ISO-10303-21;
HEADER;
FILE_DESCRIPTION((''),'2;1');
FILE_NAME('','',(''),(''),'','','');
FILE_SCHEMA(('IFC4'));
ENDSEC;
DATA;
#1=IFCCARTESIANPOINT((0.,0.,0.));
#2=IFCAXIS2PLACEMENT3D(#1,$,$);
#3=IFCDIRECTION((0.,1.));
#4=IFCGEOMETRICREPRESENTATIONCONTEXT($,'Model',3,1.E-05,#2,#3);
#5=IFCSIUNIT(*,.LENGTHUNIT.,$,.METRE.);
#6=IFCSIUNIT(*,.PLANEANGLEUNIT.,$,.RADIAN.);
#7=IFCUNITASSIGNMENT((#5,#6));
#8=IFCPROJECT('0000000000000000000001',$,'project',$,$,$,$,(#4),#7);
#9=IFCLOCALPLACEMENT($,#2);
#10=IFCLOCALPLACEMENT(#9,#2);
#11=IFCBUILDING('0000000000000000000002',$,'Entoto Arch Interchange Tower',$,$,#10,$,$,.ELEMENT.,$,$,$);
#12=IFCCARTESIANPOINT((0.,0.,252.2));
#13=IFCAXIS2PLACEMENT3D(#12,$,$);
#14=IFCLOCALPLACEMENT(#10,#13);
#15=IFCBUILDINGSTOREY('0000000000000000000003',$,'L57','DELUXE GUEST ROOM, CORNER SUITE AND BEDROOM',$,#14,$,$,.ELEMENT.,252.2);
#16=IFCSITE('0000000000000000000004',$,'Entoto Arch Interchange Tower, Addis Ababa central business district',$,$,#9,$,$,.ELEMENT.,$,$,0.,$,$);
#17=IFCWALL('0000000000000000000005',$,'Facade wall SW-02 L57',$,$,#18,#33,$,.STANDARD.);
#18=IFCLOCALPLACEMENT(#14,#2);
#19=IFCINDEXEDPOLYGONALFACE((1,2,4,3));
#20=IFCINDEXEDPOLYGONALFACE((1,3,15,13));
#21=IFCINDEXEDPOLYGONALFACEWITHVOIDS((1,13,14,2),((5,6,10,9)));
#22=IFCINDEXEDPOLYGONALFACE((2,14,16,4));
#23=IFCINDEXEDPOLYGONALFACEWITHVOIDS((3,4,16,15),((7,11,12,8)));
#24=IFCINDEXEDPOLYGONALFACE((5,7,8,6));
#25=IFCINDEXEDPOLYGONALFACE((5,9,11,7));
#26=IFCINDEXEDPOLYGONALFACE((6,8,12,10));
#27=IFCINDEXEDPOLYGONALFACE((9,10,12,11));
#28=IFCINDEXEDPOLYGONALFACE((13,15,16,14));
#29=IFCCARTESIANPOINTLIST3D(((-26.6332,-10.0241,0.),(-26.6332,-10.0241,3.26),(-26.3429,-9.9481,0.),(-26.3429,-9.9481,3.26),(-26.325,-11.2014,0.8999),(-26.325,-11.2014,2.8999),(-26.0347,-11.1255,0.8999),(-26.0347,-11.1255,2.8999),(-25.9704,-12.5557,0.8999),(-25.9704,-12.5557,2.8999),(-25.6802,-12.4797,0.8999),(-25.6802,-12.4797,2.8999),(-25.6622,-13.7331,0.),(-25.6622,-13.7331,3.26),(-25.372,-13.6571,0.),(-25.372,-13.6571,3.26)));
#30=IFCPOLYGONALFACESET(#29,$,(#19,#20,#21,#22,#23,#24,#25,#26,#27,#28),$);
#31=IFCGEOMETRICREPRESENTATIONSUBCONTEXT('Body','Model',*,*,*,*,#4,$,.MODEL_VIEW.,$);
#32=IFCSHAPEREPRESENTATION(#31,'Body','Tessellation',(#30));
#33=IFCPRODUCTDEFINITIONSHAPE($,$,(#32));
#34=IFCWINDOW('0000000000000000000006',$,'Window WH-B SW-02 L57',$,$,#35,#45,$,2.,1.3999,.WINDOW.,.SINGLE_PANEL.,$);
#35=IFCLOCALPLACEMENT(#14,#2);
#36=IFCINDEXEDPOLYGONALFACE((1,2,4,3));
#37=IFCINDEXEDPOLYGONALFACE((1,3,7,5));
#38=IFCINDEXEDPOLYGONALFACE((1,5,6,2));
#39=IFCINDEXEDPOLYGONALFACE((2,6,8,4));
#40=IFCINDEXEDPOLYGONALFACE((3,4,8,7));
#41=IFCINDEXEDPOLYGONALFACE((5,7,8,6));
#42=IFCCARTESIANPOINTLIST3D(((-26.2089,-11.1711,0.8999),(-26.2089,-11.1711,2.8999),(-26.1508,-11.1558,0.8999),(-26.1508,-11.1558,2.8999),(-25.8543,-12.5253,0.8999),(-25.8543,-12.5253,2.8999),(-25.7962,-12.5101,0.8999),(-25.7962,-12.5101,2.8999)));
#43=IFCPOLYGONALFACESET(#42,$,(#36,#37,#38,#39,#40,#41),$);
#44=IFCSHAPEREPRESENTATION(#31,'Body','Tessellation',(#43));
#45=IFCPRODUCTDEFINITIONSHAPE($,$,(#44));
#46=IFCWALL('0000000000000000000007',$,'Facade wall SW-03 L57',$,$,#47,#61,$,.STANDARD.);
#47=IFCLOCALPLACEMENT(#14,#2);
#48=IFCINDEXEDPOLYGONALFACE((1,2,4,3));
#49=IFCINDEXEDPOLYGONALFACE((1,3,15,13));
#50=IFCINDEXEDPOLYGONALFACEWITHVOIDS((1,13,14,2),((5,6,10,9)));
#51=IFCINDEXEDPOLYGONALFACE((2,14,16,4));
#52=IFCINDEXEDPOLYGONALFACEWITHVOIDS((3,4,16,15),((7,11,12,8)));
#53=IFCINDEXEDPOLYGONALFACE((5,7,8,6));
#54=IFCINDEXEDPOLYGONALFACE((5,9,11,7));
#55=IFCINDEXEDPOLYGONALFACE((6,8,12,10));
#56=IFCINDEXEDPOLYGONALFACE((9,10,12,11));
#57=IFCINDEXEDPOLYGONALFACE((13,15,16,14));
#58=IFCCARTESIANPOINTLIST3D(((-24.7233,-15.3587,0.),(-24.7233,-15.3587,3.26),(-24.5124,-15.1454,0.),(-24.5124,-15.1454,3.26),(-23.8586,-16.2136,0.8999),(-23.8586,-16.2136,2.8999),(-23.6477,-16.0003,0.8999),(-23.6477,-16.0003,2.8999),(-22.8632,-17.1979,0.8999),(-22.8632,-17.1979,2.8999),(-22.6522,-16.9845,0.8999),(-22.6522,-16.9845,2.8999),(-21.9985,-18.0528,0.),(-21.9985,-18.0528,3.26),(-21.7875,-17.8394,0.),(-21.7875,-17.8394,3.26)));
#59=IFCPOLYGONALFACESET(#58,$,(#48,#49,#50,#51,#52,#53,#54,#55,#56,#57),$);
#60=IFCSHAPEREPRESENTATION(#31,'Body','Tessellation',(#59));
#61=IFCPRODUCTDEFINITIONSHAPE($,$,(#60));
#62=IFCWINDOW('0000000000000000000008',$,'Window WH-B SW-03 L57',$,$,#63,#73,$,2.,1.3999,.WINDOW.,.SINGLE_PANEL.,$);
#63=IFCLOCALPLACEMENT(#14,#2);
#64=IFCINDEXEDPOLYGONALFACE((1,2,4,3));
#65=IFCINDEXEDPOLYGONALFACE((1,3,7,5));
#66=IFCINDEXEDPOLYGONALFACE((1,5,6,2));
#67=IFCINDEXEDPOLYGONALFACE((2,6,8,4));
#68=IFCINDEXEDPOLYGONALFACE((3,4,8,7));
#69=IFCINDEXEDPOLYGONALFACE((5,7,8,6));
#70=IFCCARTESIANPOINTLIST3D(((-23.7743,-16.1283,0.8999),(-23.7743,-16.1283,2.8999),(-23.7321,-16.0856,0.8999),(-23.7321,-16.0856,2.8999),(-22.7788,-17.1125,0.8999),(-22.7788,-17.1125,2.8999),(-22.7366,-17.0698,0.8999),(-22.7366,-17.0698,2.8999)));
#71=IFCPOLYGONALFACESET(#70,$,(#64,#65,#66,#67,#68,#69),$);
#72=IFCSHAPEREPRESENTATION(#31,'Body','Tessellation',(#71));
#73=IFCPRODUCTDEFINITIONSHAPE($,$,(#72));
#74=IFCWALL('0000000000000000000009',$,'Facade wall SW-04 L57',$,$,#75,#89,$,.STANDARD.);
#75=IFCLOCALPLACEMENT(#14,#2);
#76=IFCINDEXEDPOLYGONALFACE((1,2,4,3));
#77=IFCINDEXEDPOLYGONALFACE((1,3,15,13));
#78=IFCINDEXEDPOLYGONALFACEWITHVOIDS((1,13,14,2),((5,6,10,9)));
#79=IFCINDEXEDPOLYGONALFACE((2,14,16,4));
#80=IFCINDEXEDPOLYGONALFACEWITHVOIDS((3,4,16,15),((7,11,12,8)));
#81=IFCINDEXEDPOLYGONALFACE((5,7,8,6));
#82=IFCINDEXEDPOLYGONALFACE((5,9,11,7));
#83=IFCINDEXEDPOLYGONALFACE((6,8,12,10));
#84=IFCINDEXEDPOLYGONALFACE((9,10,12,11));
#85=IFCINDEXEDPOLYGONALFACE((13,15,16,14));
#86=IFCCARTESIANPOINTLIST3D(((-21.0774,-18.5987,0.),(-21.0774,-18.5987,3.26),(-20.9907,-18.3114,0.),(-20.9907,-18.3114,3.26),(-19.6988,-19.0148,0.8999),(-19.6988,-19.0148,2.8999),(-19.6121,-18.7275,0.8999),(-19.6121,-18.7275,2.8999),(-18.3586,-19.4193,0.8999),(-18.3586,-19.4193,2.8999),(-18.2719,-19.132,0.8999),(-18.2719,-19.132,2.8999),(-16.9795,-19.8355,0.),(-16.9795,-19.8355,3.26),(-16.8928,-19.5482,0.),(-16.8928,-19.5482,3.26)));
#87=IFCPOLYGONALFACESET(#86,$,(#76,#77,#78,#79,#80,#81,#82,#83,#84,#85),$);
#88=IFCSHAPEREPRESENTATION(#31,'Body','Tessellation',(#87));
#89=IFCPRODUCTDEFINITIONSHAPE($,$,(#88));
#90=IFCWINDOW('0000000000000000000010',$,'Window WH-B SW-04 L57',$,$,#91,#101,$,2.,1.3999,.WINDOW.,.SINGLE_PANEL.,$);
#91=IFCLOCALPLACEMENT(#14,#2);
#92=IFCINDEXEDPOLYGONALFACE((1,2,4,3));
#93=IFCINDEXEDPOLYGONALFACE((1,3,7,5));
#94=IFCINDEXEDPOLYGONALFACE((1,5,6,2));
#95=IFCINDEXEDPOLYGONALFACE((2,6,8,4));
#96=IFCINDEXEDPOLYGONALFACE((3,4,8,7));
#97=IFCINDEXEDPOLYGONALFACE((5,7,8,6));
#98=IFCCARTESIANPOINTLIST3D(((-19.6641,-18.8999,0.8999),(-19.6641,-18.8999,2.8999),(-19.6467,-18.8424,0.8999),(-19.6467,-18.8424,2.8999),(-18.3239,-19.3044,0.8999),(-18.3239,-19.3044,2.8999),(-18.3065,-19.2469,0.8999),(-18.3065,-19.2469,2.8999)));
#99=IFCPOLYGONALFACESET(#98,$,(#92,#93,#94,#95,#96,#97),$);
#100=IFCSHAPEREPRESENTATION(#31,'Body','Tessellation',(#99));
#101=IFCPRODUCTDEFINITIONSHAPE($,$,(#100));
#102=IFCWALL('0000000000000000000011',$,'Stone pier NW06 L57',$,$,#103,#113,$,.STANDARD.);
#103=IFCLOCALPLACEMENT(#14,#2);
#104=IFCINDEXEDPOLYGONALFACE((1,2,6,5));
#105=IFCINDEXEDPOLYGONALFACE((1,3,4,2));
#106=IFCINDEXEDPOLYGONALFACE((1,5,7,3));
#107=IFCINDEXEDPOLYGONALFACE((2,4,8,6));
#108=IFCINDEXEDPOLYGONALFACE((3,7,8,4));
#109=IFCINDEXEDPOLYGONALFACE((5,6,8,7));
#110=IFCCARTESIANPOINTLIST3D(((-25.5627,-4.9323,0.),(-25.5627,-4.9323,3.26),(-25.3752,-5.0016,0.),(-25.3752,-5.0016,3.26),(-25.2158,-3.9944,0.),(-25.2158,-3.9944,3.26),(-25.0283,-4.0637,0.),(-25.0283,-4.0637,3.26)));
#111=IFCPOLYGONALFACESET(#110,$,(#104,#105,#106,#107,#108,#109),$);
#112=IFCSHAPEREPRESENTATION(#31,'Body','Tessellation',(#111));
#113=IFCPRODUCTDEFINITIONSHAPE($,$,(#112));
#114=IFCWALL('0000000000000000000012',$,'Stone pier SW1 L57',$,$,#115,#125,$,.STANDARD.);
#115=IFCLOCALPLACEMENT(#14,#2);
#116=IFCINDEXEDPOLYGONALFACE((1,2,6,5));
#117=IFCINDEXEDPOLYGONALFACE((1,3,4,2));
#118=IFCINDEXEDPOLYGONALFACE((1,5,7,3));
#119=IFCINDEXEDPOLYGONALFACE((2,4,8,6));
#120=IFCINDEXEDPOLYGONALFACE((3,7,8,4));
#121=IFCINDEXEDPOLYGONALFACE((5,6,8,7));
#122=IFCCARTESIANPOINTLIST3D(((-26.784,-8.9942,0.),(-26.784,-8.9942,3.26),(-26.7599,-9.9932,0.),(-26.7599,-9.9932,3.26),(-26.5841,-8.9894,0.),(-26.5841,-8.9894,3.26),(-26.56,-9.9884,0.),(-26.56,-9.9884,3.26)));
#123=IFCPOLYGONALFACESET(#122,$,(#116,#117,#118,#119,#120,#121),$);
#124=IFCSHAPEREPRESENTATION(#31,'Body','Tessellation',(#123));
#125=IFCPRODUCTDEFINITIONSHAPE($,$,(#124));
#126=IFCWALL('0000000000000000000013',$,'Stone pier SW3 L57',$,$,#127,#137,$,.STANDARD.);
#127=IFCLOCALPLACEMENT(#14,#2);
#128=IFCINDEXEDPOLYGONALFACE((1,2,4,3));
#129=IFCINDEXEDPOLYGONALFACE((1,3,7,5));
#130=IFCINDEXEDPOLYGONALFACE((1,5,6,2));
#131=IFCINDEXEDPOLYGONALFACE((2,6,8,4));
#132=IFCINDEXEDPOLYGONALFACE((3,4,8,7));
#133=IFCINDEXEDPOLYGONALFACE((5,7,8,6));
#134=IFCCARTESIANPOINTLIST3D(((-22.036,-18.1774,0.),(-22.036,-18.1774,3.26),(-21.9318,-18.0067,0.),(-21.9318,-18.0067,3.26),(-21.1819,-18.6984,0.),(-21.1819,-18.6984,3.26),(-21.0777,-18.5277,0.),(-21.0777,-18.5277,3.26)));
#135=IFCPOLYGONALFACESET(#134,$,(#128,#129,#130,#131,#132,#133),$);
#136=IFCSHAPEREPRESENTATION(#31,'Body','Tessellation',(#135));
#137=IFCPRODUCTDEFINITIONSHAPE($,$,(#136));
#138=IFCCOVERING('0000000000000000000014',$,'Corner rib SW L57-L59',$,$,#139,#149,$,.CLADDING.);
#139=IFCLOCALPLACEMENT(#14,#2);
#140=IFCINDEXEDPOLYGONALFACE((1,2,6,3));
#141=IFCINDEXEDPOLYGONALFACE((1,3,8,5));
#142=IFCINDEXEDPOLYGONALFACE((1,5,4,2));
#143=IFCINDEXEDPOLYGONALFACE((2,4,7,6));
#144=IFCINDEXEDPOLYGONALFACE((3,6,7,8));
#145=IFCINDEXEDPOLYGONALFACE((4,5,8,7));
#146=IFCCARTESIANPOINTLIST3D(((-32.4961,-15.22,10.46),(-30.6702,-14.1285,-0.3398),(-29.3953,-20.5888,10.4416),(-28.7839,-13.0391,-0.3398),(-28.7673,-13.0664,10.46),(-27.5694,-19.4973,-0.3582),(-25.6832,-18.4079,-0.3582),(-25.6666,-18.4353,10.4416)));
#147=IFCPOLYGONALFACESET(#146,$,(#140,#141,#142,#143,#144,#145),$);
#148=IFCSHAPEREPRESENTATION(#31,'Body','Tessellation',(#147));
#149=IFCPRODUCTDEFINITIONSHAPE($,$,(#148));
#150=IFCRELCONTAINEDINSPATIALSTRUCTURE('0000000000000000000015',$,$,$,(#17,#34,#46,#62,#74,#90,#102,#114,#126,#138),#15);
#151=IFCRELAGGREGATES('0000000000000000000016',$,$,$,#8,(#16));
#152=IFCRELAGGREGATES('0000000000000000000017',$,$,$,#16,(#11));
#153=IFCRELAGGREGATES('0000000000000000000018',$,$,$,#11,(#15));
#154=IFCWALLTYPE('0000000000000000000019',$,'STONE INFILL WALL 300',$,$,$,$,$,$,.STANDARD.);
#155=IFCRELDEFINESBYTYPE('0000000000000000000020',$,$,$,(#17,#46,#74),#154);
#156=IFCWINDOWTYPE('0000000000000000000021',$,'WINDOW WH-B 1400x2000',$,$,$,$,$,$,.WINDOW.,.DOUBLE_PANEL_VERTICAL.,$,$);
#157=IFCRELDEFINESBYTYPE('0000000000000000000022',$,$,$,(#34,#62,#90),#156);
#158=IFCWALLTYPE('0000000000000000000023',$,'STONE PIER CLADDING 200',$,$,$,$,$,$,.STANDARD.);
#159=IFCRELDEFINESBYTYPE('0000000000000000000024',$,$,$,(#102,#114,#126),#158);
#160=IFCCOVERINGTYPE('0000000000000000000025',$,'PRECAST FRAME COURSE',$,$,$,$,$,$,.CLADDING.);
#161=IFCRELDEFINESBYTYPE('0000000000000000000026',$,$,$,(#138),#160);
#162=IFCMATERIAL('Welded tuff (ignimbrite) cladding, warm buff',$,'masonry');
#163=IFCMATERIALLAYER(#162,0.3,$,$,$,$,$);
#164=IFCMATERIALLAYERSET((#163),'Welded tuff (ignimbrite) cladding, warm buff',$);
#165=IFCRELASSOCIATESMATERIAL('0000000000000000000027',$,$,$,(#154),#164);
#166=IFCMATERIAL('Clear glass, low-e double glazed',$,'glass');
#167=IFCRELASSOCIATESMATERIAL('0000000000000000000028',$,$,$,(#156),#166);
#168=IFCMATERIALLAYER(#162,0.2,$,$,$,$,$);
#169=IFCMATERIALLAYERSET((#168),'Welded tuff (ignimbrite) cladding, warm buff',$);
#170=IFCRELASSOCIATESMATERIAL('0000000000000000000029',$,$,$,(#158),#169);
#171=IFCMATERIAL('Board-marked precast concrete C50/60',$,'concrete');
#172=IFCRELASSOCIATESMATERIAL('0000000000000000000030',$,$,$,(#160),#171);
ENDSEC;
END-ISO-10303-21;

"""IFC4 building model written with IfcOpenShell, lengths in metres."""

from ifc_helpers import new_model, si_unit, direction, frame, frame_2d, origin, place, context, subcontext, project, spatial, polyline, rectangle, outline, extrude, material, layer, layer_set, type_object, element, fill, save


model = new_model("IFC4")

# Units and contexts
model_context = context("Model", 3, precision=1e-05, world=origin(), true_north=direction((0.0, 1.0)))
body_context = subcontext(model_context, "Body", "Model", "MODEL_VIEW")
ifc_project = project(units=[si_unit("LENGTHUNIT", "METRE"), si_unit("PLANEANGLEUNIT", "RADIAN")], contexts=[model_context])

# Site, building, storey
site_placement = place(None, origin())
site = spatial("IfcSite", under=ifc_project, at=site_placement, Name="Entoto Arch Interchange Tower, Addis Ababa central business district", CompositionType="ELEMENT", RefElevation=0.0)
building_placement = place(site_placement, origin())
building = spatial("IfcBuilding", under=site, at=building_placement, Name="Entoto Arch Interchange Tower", CompositionType="ELEMENT")
storey_placement = place(building_placement, frame((0.0, 0.0, 252.2)))
storey = spatial("IfcBuildingStorey", under=building, at=storey_placement, Name="L57", Description="DELUXE GUEST ROOM, CORNER SUITE AND BEDROOM", CompositionType="ELEMENT", Elevation=252.2)

# Walls, openings, windows
ifc_material_1 = material(Name="Welded tuff (ignimbrite) cladding, warm buff", Category="masonry")
ifc_layer_1 = layer(ifc_material_1, 0.3)
ifc_layer_set_1 = layer_set([ifc_layer_1], Name="Welded tuff (ignimbrite) cladding, warm buff")
wall_type_1 = type_object("IfcWallType", Name="STONE INFILL WALL 300", PredefinedType="STANDARD", material=ifc_layer_set_1)
ifc_material_2 = material(Name="Clear glass, low-e double glazed", Category="glass")
window_type = type_object("IfcWindowType", Name="WINDOW WH-B 1400x2000", PartitioningType="DOUBLE_PANEL_VERTICAL", PredefinedType="WINDOW", material=ifc_material_2)
wall_1_placement = place(storey_placement, frame((-26.488, -9.9861, 0.0), z_axis=(0.0, 0.0, 1.0), x_axis=(0.253249, -0.967401, 0.0)))
wall_1 = element("IfcWall", 1, at=wall_1_placement, inside=storey, type_object=wall_type_1, Name="Facade wall SW-02 L57", PredefinedType="STANDARD", context=body_context, shape_type="SweptSolid", body=[
    extrude(rectangle(XDim=3.834, YDim=0.3, at=frame_2d((1.917, 0.0))), origin(), (0.0, 0.0, 1.0), 3.26),
])
opening_1_placement = place(wall_1_placement, frame((1.217, 0.0, 0.8999)))
opening_1 = element("IfcOpeningElement", 2, at=opening_1_placement, cuts=wall_1, PredefinedType="OPENING", context=body_context, shape_type="SweptSolid", body=[
    extrude(rectangle(XDim=1.3999, YDim=2.0, at=frame_2d((0.7, 1.0))), frame((0.0, 0.1602, 0.0), z_axis=(0.0, -1.0, 0.0), x_axis=(1.0, 0.0, 0.0)), (0.0, 0.0, 1.0), 0.3201),
])
window_1_placement = place(opening_1_placement, origin())
window_1 = element("IfcWindow", 3, at=window_1_placement, inside=storey, type_object=window_type, Name="Window WH-B SW-02 L57", OverallHeight=2.0, OverallWidth=1.3999, PartitioningType="SINGLE_PANEL", PredefinedType="WINDOW", context=body_context, shape_type="SweptSolid", body=[
    extrude(rectangle(XDim=1.3999, YDim=2.0, at=frame_2d((0.7, 1.0))), frame((0.0, 0.03, 0.0), z_axis=(0.0, -1.0, 0.0), x_axis=(1.0, 0.0, 0.0)), (0.0, 0.0, 1.0), 0.0601),
])
fill(opening_1, window_1)
wall_2_placement = place(storey_placement, frame((-24.6179, -15.252, 0.0), z_axis=(0.0, 0.0, 1.0), x_axis=(0.711109, -0.703081, 0.0)))
wall_2 = element("IfcWall", 4, at=wall_2_placement, inside=storey, type_object=wall_type_1, Name="Facade wall SW-03 L57", PredefinedType="STANDARD", context=body_context, shape_type="SweptSolid", body=[
    extrude(rectangle(XDim=3.8318, YDim=0.3, at=frame_2d((1.916, 0.0))), origin(), (0.0, 0.0, 1.0), 3.26),
])
opening_2_placement = place(wall_2_placement, frame((1.2161, 0.0, 0.8999)))
opening_2 = element("IfcOpeningElement", 5, at=opening_2_placement, cuts=wall_2, PredefinedType="OPENING", context=body_context, shape_type="SweptSolid", body=[
    extrude(rectangle(XDim=1.3999, YDim=2.0, at=frame_2d((0.7, 1.0))), frame((0.0, 0.1602, 0.0), z_axis=(0.0, -1.0, 0.0), x_axis=(1.0, 0.0, 0.0)), (0.0, 0.0, 1.0), 0.3201),
])
window_2_placement = place(opening_2_placement, origin())
window_2 = element("IfcWindow", 6, at=window_2_placement, inside=storey, type_object=window_type, Name="Window WH-B SW-03 L57", OverallHeight=2.0, OverallWidth=1.3999, PartitioningType="SINGLE_PANEL", PredefinedType="WINDOW", context=body_context, shape_type="SweptSolid", body=[
    extrude(rectangle(XDim=1.3999, YDim=2.0, at=frame_2d((0.7, 1.0))), frame((0.0, 0.03, 0.0), z_axis=(0.0, -1.0, 0.0), x_axis=(1.0, 0.0, 0.0)), (0.0, 0.0, 1.0), 0.0601),
])
fill(opening_2, window_2)
wall_3_placement = place(storey_placement, frame((-21.0339, -18.4551, 0.0), z_axis=(0.0, 0.0, 1.0), x_axis=(0.957346, -0.288943, 0.0)))
wall_3 = element("IfcWall", 7, at=wall_3_placement, inside=storey, type_object=wall_type_1, Name="Facade wall SW-04 L57", PredefinedType="STANDARD", context=body_context, shape_type="SweptSolid", body=[
    extrude(rectangle(XDim=4.2805, YDim=0.3, at=frame_2d((2.1401, 0.0))), origin(), (0.0, 0.0, 1.0), 3.26),
])
opening_3_placement = place(wall_3_placement, frame((1.4399, 0.0, 0.8999)))
opening_3 = element("IfcOpeningElement", 8, at=opening_3_placement, cuts=wall_3, PredefinedType="OPENING", context=body_context, shape_type="SweptSolid", body=[
    extrude(rectangle(XDim=1.3999, YDim=2.0, at=frame_2d((0.7, 1.0))), frame((0.0, 0.1602, 0.0), z_axis=(0.0, -1.0, 0.0), x_axis=(1.0, 0.0, 0.0)), (0.0, 0.0, 1.0), 0.3201),
])
window_3_placement = place(opening_3_placement, origin())
window_3 = element("IfcWindow", 9, at=window_3_placement, inside=storey, type_object=window_type, Name="Window WH-B SW-04 L57", OverallHeight=2.0, OverallWidth=1.3999, PartitioningType="SINGLE_PANEL", PredefinedType="WINDOW", context=body_context, shape_type="SweptSolid", body=[
    extrude(rectangle(XDim=1.3999, YDim=2.0, at=frame_2d((0.7, 1.0))), frame((0.0, 0.03, 0.0), z_axis=(0.0, -1.0, 0.0), x_axis=(1.0, 0.0, 0.0)), (0.0, 0.0, 1.0), 0.0601),
])
fill(opening_3, window_3)

# Walls
ifc_layer_2 = layer(ifc_material_1, 0.2)
ifc_layer_set_2 = layer_set([ifc_layer_2], Name="Welded tuff (ignimbrite) cladding, warm buff")
wall_type_2 = type_object("IfcWallType", Name="STONE PIER CLADDING 200", PredefinedType="STANDARD", material=ifc_layer_set_2)
wall_4_placement = place(storey_placement, frame((-25.1221, -4.0291, 0.0), z_axis=(0.0, 0.0, 1.0), x_axis=(-0.346893, -0.937905, 0.0)))
element("IfcWall", 10, at=wall_4_placement, inside=storey, type_object=wall_type_2, Name="Stone pier NW06 L57", PredefinedType="STANDARD", context=body_context, shape_type="SweptSolid", body=[
    extrude(rectangle(XDim=1.0, YDim=0.2, at=frame_2d((0.5, 0.0))), origin(), (0.0, 0.0, 1.0), 3.26),
])
wall_5_placement = place(storey_placement, frame((-26.6841, -8.9919, 0.0), z_axis=(0.0, 0.0, 1.0), x_axis=(0.024186, -0.999707, 0.0)))
element("IfcWall", 11, at=wall_5_placement, inside=storey, type_object=wall_type_2, Name="Stone pier SW1 L57", PredefinedType="STANDARD", context=body_context, shape_type="SweptSolid", body=[
    extrude(rectangle(XDim=0.9993, YDim=0.2, at=frame_2d((0.4995, 0.0))), origin(), (0.0, 0.0, 1.0), 3.26),
])
wall_6_placement = place(storey_placement, frame((-21.9839, -18.092, 0.0), z_axis=(0.0, 0.0, 1.0), x_axis=(0.85368, -0.520798, 0.0)))
element("IfcWall", 12, at=wall_6_placement, inside=storey, type_object=wall_type_2, Name="Stone pier SW3 L57", PredefinedType="STANDARD", context=body_context, shape_type="SweptSolid", body=[
    extrude(rectangle(XDim=1.0005, YDim=0.2, at=frame_2d((0.5002, 0.0))), origin(), (0.0, 0.0, 1.0), 3.26),
])

# Covering
ifc_material_3 = material(Name="Board-marked precast concrete C50/60", Category="concrete")
covering_type = type_object("IfcCoveringType", Name="PRECAST FRAME COURSE", PredefinedType="CLADDING", material=ifc_material_3)
covering_placement = place(storey_placement, frame((-28.7839, -13.0391, -0.3398), z_axis=(-0.500125, 0.865948, 0.002964), x_axis=(-0.865952, -0.500128, 0.000001)))
element("IfcCovering", 13, at=covering_placement, inside=storey, type_object=covering_type, Name="Corner rib SW L57-L59", PredefinedType="CLADDING", context=body_context, shape_type="SweptSolid", body=[
    extrude(outline(polyline([(0.0, 0.0), (2.1782, 0.0), (4.3053, 10.7998), (-0.0007, 10.7999), (0.0, 0.0)])), origin(), (0.0, 0.0, -1.0), 6.2),
])

save(model, "model.ifc")
